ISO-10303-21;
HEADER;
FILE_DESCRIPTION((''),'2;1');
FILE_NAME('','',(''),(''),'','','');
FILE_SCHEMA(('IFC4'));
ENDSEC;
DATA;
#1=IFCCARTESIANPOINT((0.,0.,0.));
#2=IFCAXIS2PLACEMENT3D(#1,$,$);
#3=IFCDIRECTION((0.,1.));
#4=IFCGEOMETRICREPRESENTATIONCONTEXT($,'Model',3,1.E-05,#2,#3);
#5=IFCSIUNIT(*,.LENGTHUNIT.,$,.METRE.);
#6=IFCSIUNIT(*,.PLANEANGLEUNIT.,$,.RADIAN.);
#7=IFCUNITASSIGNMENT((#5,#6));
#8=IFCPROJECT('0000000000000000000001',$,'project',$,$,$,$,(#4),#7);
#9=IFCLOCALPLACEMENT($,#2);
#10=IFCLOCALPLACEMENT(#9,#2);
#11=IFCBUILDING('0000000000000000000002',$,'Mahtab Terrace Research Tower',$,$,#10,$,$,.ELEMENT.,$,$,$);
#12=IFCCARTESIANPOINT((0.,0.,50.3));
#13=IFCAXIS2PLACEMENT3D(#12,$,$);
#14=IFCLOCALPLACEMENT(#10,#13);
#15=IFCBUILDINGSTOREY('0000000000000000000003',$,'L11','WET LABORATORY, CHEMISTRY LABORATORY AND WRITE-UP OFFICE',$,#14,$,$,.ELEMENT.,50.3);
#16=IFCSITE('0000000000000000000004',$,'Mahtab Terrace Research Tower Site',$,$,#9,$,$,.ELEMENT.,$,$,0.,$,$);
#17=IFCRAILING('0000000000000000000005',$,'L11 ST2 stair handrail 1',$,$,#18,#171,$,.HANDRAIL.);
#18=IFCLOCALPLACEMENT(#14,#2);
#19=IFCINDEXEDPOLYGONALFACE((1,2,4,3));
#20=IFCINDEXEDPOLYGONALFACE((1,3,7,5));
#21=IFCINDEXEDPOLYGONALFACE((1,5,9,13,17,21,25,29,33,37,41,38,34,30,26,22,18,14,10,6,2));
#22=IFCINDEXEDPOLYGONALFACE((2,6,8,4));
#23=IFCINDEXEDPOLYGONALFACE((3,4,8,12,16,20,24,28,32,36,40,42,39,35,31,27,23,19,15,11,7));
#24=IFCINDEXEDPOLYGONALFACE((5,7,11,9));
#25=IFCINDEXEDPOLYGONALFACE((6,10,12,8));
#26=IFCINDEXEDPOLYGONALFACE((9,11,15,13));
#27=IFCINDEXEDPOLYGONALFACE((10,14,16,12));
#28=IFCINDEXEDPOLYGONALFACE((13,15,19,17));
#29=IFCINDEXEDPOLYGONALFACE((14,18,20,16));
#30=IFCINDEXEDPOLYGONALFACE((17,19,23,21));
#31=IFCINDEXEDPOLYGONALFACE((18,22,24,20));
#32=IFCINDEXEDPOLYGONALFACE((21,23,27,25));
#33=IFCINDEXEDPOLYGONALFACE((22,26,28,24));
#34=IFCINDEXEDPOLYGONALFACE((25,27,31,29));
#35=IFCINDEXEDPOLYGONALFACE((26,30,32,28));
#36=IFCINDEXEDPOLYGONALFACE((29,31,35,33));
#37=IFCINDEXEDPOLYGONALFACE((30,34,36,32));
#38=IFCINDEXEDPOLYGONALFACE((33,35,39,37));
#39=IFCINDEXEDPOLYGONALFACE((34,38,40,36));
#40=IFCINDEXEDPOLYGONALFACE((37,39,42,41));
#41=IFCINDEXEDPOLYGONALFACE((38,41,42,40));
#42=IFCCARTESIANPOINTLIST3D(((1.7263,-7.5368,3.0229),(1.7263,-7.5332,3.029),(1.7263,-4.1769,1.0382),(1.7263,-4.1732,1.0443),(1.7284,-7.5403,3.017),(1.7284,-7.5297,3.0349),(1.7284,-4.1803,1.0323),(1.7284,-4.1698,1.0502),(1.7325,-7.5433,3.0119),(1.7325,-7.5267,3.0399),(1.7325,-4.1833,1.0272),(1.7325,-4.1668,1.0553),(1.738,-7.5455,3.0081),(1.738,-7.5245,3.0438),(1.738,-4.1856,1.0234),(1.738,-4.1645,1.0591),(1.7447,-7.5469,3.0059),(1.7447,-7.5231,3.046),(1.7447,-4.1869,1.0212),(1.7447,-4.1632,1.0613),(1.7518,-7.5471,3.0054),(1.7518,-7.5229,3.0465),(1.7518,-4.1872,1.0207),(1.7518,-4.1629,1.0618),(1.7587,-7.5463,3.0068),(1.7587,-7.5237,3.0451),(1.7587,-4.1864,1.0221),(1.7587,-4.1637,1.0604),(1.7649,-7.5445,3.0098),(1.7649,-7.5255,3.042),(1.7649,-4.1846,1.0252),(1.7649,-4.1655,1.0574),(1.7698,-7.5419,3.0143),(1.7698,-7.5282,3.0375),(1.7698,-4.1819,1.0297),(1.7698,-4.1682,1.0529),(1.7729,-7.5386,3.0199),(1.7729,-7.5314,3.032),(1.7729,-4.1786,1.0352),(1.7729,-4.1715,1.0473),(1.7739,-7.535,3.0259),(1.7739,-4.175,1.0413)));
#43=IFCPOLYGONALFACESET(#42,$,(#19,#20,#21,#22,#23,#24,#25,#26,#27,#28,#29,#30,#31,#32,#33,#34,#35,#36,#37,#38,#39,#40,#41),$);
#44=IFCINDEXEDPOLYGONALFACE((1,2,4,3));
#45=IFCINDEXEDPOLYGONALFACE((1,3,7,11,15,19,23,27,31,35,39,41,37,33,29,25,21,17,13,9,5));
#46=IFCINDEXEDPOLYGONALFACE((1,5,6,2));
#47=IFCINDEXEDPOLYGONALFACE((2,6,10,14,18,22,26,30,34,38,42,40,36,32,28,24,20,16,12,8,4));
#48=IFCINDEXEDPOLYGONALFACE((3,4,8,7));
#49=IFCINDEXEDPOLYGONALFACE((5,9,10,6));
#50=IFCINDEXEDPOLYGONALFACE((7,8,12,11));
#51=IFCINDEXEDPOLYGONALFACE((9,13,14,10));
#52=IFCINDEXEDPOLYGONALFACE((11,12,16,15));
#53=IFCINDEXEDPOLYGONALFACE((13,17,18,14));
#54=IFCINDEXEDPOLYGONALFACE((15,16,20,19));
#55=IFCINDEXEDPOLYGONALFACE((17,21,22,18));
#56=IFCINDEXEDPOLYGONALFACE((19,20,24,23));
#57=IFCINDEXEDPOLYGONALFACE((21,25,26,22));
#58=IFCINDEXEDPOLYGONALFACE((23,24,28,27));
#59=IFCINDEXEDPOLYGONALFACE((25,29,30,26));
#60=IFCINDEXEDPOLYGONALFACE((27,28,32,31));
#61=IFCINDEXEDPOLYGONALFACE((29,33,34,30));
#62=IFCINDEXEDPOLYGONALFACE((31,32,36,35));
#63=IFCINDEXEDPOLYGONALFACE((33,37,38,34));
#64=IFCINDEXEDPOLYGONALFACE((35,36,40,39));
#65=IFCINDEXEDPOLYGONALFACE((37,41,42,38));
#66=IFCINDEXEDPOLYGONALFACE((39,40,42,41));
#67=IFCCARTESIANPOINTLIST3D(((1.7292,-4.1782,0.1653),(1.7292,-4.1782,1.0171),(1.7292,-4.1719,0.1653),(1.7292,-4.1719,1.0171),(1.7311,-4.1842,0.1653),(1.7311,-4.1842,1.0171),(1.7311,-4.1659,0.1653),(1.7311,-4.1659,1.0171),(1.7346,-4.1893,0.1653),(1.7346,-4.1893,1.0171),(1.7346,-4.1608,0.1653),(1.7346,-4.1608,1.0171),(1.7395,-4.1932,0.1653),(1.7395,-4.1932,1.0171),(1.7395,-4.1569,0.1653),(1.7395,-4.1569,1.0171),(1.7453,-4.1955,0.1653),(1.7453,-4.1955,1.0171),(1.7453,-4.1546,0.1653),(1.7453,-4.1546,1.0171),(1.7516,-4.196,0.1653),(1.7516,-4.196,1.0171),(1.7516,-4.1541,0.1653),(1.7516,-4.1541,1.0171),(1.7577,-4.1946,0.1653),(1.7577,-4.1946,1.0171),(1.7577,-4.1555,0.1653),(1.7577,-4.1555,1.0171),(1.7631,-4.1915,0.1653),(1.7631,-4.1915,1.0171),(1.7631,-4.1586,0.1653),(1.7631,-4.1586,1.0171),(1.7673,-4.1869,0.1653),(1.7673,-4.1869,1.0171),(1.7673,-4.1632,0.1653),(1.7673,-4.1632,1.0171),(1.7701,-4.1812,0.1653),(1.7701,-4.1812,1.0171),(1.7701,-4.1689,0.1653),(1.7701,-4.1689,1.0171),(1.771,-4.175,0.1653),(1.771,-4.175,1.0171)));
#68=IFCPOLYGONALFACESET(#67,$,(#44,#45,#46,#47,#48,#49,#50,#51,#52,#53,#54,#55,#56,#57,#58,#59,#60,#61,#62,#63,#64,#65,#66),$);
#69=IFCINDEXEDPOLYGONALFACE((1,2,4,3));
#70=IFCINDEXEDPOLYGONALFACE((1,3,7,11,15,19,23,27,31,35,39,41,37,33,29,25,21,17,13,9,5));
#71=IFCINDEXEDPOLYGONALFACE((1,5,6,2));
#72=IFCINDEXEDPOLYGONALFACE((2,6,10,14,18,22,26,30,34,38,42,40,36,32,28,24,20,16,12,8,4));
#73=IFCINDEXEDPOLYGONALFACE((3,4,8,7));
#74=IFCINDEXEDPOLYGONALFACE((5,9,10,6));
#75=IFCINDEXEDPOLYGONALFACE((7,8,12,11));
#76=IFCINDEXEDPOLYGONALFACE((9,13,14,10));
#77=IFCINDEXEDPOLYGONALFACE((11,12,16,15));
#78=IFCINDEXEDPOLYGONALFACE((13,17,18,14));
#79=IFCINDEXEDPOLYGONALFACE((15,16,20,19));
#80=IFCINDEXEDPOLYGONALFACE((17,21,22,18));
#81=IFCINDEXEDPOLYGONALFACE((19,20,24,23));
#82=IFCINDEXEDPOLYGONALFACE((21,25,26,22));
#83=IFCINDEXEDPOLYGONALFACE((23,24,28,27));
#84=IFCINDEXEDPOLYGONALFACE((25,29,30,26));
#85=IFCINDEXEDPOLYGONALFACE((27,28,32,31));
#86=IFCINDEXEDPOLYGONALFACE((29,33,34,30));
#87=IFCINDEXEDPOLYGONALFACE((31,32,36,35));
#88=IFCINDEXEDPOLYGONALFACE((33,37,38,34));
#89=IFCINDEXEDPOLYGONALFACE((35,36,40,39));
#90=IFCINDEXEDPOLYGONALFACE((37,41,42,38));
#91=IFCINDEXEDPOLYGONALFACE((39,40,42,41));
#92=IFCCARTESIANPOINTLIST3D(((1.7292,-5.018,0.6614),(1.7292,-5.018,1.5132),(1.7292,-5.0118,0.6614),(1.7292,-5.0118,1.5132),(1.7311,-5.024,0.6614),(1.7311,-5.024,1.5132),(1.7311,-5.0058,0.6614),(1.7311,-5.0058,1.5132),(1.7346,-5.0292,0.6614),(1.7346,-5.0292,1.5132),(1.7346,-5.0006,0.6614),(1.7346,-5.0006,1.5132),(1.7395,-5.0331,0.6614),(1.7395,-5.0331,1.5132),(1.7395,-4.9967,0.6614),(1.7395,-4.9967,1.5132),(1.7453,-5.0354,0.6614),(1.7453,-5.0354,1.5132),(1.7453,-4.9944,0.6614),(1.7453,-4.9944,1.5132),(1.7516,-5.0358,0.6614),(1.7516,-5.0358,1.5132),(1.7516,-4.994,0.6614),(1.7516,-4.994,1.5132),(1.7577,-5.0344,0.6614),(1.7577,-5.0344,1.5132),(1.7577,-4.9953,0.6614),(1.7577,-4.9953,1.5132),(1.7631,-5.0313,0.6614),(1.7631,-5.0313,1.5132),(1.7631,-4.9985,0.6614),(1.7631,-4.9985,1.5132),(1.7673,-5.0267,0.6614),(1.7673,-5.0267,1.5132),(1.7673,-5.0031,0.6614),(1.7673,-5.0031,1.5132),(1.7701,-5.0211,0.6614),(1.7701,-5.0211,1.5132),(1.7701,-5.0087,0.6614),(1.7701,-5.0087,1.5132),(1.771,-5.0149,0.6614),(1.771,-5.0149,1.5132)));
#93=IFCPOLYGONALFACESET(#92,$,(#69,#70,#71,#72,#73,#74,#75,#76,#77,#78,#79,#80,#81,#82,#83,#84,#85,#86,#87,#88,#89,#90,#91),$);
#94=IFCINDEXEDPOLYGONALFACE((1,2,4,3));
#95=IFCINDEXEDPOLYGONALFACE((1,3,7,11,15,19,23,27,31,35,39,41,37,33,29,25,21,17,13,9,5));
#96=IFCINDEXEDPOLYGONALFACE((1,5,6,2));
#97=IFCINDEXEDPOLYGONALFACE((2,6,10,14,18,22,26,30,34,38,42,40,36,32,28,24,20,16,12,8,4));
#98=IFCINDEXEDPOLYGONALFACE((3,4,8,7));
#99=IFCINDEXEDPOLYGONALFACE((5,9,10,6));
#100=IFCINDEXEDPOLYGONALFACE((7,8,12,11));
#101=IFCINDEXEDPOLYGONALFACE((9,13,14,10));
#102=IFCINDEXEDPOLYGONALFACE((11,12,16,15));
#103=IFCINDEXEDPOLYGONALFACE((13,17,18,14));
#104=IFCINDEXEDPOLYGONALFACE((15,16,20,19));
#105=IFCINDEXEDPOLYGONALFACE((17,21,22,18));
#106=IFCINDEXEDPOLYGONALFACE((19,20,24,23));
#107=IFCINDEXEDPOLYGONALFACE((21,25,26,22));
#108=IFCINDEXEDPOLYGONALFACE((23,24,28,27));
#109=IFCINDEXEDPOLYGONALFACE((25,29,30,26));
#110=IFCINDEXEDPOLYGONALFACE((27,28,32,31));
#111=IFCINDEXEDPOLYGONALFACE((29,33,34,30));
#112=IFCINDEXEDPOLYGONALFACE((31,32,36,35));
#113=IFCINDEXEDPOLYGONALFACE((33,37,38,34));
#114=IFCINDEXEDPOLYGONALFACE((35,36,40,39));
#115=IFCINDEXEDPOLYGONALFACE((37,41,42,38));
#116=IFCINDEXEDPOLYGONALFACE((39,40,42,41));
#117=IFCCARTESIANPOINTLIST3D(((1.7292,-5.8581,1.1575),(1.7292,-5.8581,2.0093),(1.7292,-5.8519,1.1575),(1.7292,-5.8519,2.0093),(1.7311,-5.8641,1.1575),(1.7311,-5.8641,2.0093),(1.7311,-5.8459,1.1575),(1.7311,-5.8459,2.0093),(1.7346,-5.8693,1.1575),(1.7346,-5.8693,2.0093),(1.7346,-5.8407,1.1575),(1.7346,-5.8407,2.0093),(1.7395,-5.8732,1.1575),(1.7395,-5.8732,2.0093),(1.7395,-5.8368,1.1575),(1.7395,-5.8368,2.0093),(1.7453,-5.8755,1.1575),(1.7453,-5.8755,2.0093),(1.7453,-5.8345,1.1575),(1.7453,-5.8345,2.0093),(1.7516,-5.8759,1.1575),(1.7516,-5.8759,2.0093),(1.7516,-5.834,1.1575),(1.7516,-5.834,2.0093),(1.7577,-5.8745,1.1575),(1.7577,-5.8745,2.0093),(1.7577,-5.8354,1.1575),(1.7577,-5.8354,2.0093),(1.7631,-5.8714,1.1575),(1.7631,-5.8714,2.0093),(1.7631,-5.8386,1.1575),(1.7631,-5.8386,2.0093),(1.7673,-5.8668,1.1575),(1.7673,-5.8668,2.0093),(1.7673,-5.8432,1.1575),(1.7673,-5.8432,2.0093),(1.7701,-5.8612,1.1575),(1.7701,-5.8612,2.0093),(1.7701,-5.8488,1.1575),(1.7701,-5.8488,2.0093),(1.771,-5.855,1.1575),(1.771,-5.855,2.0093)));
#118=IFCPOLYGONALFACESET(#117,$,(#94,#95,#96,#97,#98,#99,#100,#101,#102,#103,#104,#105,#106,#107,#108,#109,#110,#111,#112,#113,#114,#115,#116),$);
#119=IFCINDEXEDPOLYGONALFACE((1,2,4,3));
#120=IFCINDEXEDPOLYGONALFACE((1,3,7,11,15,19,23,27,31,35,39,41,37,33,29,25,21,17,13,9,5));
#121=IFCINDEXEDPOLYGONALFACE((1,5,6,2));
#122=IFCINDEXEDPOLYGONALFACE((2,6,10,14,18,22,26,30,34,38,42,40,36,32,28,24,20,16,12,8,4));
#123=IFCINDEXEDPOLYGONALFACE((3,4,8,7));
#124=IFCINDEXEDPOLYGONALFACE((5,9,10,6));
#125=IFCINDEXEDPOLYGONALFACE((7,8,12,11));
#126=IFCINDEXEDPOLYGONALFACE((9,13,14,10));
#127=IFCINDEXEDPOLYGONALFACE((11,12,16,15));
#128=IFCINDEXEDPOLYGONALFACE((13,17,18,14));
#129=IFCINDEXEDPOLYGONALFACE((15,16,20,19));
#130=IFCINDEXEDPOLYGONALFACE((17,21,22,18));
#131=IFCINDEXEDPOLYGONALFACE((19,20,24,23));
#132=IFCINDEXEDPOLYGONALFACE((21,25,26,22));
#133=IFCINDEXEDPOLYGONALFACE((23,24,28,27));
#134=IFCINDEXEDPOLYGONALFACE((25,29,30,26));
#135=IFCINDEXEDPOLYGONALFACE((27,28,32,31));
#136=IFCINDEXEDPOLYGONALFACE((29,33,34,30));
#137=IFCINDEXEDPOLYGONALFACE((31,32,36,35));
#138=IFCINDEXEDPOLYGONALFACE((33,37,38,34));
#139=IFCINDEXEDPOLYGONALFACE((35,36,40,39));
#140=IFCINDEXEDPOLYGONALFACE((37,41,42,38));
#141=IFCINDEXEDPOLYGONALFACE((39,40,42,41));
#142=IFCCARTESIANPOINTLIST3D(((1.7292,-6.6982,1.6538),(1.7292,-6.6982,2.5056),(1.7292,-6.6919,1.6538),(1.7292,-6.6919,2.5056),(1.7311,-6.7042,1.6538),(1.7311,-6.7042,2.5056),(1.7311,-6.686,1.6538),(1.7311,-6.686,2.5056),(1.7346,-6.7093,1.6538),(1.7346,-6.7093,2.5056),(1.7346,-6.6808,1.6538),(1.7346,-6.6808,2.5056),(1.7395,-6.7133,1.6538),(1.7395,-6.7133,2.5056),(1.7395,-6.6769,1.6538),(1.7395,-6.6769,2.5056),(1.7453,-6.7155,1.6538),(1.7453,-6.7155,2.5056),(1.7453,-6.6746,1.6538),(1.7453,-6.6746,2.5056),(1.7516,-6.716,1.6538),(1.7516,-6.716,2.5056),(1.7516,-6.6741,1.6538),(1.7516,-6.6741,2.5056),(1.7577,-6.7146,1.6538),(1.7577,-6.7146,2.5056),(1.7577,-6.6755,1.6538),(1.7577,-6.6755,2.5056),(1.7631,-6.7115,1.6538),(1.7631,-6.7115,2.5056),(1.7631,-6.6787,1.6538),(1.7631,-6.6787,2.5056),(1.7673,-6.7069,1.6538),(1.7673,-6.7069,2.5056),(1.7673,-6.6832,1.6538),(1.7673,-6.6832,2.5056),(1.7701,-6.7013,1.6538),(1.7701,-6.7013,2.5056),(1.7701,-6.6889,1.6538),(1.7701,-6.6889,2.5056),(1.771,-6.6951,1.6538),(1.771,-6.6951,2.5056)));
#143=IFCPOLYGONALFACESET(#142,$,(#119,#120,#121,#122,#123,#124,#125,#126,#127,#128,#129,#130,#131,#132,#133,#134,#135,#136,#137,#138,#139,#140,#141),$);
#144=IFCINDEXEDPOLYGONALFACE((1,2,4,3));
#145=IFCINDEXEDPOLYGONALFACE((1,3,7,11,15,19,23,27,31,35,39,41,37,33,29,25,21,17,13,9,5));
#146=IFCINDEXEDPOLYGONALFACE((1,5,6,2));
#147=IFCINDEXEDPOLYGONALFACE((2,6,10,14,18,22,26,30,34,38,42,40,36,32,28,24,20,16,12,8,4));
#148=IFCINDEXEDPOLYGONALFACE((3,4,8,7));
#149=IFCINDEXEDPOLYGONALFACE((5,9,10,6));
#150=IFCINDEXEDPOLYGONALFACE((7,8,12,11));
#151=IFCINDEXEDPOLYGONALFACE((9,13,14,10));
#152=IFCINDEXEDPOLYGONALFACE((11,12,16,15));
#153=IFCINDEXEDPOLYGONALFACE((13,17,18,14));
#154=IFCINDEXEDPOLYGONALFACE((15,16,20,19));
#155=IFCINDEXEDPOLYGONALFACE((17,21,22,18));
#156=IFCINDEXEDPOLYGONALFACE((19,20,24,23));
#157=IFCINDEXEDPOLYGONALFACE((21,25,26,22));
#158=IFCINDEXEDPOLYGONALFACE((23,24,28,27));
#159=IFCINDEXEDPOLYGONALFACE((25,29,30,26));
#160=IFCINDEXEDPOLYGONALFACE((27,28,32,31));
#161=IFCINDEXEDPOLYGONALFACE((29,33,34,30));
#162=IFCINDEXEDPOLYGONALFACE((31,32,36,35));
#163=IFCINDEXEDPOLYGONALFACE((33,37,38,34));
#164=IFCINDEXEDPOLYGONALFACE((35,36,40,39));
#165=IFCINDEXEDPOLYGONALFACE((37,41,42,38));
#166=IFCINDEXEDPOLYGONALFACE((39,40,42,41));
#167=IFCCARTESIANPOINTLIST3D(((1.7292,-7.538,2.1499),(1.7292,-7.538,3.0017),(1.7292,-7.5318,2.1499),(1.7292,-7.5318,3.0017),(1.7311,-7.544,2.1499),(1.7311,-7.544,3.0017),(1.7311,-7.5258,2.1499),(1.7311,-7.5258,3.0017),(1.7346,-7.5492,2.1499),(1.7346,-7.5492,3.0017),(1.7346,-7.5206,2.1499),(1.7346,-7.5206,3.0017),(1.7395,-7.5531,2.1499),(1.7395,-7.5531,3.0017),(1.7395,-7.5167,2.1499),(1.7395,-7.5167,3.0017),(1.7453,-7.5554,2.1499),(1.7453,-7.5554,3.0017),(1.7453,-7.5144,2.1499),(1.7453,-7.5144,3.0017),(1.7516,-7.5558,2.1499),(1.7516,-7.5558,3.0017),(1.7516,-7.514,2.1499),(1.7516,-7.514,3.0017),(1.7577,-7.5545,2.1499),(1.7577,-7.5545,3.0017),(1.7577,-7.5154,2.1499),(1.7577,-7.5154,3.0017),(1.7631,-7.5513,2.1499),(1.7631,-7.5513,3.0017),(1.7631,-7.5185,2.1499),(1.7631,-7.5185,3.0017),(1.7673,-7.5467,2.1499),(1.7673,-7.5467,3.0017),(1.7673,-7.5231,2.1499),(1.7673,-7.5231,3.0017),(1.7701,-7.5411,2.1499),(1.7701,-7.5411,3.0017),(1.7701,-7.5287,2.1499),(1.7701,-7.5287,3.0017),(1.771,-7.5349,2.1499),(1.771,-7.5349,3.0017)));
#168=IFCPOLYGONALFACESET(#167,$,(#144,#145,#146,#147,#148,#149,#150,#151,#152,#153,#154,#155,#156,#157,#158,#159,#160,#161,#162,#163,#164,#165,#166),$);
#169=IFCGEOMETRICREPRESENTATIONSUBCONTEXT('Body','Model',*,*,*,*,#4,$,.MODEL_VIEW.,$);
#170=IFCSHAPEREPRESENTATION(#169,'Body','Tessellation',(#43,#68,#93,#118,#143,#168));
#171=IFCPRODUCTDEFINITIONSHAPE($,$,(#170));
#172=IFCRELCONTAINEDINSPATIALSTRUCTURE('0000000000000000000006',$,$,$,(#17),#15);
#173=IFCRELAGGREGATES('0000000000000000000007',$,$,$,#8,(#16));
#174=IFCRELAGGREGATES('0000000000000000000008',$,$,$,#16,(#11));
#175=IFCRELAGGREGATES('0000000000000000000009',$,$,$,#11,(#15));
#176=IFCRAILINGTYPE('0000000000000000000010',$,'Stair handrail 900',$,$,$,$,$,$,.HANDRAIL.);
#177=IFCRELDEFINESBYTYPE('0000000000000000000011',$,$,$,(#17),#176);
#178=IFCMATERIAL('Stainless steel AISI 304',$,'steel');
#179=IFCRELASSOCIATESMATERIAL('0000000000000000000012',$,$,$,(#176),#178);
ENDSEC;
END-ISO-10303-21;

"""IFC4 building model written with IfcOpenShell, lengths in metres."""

from ifc_helpers import new_model, si_unit, direction, frame, origin, origin_2d, place, context, subcontext, project, spatial, circle, extrude, material, type_object, element, save


model = new_model("IFC4")

# Units and contexts
model_context = context("Model", 3, precision=1e-05, world=origin(), true_north=direction((0.0, 1.0)))
body_context = subcontext(model_context, "Body", "Model", "MODEL_VIEW")
ifc_project = project(units=[si_unit("LENGTHUNIT", "METRE"), si_unit("PLANEANGLEUNIT", "RADIAN")], contexts=[model_context])

# Site, building, storey
site_placement = place(None, origin())
site = spatial("IfcSite", under=ifc_project, at=site_placement, Name="Mahtab Terrace Research Tower Site", CompositionType="ELEMENT", RefElevation=0.0)
building_placement = place(site_placement, origin())
building = spatial("IfcBuilding", under=site, at=building_placement, Name="Mahtab Terrace Research Tower", CompositionType="ELEMENT")
storey_placement = place(building_placement, frame((0.0, 0.0, 50.3)))
storey = spatial("IfcBuildingStorey", under=building, at=storey_placement, Name="L11", Description="WET LABORATORY, CHEMISTRY LABORATORY AND WRITE-UP OFFICE", CompositionType="ELEMENT", Elevation=50.3)

# Railing
ifc_material_1 = material(Name="Stainless steel AISI 304", Category="steel")
railing_type_1 = type_object("IfcRailingType", Name="Stair handrail 900", PredefinedType="HANDRAIL", material=ifc_material_1)
railing_1_placement = place(storey_placement, frame((1.75, -4.175, 0.1653)))
element("IfcRailing", 1, at=railing_1_placement, inside=storey, type_object=railing_type_1, Name="L11 ST2 stair handrail 1", PredefinedType="HANDRAIL", context=body_context, shape_type="SweptSolid", body=[
    extrude(circle(Radius=0.0239, at=origin_2d()), frame((0.0, 0.0, 0.876), z_axis=(0.0, -0.861011, 0.508586), x_axis=(1.0, 0.0, 0.0)), (0.0, 0.0, 1.0), 3.9023),
    extrude(circle(Radius=0.021, at=origin_2d()), origin(), (0.0, 0.0, 1.0), 0.8518),
    extrude(circle(Radius=0.021, at=origin_2d()), frame((0.0, -0.8398, 0.4961)), (0.0, 0.0, 1.0), 0.8518),
    extrude(circle(Radius=0.021, at=origin_2d()), frame((0.0, -1.6799, 0.9922)), (0.0, 0.0, 1.0), 0.8518),
    extrude(circle(Radius=0.021, at=origin_2d()), frame((0.0, -2.52, 1.4885)), (0.0, 0.0, 1.0), 0.8518),
    extrude(circle(Radius=0.021, at=origin_2d()), frame((0.0, -3.3599, 1.9846)), (0.0, 0.0, 1.0), 0.8518),
])

save(model, "model.ifc")
